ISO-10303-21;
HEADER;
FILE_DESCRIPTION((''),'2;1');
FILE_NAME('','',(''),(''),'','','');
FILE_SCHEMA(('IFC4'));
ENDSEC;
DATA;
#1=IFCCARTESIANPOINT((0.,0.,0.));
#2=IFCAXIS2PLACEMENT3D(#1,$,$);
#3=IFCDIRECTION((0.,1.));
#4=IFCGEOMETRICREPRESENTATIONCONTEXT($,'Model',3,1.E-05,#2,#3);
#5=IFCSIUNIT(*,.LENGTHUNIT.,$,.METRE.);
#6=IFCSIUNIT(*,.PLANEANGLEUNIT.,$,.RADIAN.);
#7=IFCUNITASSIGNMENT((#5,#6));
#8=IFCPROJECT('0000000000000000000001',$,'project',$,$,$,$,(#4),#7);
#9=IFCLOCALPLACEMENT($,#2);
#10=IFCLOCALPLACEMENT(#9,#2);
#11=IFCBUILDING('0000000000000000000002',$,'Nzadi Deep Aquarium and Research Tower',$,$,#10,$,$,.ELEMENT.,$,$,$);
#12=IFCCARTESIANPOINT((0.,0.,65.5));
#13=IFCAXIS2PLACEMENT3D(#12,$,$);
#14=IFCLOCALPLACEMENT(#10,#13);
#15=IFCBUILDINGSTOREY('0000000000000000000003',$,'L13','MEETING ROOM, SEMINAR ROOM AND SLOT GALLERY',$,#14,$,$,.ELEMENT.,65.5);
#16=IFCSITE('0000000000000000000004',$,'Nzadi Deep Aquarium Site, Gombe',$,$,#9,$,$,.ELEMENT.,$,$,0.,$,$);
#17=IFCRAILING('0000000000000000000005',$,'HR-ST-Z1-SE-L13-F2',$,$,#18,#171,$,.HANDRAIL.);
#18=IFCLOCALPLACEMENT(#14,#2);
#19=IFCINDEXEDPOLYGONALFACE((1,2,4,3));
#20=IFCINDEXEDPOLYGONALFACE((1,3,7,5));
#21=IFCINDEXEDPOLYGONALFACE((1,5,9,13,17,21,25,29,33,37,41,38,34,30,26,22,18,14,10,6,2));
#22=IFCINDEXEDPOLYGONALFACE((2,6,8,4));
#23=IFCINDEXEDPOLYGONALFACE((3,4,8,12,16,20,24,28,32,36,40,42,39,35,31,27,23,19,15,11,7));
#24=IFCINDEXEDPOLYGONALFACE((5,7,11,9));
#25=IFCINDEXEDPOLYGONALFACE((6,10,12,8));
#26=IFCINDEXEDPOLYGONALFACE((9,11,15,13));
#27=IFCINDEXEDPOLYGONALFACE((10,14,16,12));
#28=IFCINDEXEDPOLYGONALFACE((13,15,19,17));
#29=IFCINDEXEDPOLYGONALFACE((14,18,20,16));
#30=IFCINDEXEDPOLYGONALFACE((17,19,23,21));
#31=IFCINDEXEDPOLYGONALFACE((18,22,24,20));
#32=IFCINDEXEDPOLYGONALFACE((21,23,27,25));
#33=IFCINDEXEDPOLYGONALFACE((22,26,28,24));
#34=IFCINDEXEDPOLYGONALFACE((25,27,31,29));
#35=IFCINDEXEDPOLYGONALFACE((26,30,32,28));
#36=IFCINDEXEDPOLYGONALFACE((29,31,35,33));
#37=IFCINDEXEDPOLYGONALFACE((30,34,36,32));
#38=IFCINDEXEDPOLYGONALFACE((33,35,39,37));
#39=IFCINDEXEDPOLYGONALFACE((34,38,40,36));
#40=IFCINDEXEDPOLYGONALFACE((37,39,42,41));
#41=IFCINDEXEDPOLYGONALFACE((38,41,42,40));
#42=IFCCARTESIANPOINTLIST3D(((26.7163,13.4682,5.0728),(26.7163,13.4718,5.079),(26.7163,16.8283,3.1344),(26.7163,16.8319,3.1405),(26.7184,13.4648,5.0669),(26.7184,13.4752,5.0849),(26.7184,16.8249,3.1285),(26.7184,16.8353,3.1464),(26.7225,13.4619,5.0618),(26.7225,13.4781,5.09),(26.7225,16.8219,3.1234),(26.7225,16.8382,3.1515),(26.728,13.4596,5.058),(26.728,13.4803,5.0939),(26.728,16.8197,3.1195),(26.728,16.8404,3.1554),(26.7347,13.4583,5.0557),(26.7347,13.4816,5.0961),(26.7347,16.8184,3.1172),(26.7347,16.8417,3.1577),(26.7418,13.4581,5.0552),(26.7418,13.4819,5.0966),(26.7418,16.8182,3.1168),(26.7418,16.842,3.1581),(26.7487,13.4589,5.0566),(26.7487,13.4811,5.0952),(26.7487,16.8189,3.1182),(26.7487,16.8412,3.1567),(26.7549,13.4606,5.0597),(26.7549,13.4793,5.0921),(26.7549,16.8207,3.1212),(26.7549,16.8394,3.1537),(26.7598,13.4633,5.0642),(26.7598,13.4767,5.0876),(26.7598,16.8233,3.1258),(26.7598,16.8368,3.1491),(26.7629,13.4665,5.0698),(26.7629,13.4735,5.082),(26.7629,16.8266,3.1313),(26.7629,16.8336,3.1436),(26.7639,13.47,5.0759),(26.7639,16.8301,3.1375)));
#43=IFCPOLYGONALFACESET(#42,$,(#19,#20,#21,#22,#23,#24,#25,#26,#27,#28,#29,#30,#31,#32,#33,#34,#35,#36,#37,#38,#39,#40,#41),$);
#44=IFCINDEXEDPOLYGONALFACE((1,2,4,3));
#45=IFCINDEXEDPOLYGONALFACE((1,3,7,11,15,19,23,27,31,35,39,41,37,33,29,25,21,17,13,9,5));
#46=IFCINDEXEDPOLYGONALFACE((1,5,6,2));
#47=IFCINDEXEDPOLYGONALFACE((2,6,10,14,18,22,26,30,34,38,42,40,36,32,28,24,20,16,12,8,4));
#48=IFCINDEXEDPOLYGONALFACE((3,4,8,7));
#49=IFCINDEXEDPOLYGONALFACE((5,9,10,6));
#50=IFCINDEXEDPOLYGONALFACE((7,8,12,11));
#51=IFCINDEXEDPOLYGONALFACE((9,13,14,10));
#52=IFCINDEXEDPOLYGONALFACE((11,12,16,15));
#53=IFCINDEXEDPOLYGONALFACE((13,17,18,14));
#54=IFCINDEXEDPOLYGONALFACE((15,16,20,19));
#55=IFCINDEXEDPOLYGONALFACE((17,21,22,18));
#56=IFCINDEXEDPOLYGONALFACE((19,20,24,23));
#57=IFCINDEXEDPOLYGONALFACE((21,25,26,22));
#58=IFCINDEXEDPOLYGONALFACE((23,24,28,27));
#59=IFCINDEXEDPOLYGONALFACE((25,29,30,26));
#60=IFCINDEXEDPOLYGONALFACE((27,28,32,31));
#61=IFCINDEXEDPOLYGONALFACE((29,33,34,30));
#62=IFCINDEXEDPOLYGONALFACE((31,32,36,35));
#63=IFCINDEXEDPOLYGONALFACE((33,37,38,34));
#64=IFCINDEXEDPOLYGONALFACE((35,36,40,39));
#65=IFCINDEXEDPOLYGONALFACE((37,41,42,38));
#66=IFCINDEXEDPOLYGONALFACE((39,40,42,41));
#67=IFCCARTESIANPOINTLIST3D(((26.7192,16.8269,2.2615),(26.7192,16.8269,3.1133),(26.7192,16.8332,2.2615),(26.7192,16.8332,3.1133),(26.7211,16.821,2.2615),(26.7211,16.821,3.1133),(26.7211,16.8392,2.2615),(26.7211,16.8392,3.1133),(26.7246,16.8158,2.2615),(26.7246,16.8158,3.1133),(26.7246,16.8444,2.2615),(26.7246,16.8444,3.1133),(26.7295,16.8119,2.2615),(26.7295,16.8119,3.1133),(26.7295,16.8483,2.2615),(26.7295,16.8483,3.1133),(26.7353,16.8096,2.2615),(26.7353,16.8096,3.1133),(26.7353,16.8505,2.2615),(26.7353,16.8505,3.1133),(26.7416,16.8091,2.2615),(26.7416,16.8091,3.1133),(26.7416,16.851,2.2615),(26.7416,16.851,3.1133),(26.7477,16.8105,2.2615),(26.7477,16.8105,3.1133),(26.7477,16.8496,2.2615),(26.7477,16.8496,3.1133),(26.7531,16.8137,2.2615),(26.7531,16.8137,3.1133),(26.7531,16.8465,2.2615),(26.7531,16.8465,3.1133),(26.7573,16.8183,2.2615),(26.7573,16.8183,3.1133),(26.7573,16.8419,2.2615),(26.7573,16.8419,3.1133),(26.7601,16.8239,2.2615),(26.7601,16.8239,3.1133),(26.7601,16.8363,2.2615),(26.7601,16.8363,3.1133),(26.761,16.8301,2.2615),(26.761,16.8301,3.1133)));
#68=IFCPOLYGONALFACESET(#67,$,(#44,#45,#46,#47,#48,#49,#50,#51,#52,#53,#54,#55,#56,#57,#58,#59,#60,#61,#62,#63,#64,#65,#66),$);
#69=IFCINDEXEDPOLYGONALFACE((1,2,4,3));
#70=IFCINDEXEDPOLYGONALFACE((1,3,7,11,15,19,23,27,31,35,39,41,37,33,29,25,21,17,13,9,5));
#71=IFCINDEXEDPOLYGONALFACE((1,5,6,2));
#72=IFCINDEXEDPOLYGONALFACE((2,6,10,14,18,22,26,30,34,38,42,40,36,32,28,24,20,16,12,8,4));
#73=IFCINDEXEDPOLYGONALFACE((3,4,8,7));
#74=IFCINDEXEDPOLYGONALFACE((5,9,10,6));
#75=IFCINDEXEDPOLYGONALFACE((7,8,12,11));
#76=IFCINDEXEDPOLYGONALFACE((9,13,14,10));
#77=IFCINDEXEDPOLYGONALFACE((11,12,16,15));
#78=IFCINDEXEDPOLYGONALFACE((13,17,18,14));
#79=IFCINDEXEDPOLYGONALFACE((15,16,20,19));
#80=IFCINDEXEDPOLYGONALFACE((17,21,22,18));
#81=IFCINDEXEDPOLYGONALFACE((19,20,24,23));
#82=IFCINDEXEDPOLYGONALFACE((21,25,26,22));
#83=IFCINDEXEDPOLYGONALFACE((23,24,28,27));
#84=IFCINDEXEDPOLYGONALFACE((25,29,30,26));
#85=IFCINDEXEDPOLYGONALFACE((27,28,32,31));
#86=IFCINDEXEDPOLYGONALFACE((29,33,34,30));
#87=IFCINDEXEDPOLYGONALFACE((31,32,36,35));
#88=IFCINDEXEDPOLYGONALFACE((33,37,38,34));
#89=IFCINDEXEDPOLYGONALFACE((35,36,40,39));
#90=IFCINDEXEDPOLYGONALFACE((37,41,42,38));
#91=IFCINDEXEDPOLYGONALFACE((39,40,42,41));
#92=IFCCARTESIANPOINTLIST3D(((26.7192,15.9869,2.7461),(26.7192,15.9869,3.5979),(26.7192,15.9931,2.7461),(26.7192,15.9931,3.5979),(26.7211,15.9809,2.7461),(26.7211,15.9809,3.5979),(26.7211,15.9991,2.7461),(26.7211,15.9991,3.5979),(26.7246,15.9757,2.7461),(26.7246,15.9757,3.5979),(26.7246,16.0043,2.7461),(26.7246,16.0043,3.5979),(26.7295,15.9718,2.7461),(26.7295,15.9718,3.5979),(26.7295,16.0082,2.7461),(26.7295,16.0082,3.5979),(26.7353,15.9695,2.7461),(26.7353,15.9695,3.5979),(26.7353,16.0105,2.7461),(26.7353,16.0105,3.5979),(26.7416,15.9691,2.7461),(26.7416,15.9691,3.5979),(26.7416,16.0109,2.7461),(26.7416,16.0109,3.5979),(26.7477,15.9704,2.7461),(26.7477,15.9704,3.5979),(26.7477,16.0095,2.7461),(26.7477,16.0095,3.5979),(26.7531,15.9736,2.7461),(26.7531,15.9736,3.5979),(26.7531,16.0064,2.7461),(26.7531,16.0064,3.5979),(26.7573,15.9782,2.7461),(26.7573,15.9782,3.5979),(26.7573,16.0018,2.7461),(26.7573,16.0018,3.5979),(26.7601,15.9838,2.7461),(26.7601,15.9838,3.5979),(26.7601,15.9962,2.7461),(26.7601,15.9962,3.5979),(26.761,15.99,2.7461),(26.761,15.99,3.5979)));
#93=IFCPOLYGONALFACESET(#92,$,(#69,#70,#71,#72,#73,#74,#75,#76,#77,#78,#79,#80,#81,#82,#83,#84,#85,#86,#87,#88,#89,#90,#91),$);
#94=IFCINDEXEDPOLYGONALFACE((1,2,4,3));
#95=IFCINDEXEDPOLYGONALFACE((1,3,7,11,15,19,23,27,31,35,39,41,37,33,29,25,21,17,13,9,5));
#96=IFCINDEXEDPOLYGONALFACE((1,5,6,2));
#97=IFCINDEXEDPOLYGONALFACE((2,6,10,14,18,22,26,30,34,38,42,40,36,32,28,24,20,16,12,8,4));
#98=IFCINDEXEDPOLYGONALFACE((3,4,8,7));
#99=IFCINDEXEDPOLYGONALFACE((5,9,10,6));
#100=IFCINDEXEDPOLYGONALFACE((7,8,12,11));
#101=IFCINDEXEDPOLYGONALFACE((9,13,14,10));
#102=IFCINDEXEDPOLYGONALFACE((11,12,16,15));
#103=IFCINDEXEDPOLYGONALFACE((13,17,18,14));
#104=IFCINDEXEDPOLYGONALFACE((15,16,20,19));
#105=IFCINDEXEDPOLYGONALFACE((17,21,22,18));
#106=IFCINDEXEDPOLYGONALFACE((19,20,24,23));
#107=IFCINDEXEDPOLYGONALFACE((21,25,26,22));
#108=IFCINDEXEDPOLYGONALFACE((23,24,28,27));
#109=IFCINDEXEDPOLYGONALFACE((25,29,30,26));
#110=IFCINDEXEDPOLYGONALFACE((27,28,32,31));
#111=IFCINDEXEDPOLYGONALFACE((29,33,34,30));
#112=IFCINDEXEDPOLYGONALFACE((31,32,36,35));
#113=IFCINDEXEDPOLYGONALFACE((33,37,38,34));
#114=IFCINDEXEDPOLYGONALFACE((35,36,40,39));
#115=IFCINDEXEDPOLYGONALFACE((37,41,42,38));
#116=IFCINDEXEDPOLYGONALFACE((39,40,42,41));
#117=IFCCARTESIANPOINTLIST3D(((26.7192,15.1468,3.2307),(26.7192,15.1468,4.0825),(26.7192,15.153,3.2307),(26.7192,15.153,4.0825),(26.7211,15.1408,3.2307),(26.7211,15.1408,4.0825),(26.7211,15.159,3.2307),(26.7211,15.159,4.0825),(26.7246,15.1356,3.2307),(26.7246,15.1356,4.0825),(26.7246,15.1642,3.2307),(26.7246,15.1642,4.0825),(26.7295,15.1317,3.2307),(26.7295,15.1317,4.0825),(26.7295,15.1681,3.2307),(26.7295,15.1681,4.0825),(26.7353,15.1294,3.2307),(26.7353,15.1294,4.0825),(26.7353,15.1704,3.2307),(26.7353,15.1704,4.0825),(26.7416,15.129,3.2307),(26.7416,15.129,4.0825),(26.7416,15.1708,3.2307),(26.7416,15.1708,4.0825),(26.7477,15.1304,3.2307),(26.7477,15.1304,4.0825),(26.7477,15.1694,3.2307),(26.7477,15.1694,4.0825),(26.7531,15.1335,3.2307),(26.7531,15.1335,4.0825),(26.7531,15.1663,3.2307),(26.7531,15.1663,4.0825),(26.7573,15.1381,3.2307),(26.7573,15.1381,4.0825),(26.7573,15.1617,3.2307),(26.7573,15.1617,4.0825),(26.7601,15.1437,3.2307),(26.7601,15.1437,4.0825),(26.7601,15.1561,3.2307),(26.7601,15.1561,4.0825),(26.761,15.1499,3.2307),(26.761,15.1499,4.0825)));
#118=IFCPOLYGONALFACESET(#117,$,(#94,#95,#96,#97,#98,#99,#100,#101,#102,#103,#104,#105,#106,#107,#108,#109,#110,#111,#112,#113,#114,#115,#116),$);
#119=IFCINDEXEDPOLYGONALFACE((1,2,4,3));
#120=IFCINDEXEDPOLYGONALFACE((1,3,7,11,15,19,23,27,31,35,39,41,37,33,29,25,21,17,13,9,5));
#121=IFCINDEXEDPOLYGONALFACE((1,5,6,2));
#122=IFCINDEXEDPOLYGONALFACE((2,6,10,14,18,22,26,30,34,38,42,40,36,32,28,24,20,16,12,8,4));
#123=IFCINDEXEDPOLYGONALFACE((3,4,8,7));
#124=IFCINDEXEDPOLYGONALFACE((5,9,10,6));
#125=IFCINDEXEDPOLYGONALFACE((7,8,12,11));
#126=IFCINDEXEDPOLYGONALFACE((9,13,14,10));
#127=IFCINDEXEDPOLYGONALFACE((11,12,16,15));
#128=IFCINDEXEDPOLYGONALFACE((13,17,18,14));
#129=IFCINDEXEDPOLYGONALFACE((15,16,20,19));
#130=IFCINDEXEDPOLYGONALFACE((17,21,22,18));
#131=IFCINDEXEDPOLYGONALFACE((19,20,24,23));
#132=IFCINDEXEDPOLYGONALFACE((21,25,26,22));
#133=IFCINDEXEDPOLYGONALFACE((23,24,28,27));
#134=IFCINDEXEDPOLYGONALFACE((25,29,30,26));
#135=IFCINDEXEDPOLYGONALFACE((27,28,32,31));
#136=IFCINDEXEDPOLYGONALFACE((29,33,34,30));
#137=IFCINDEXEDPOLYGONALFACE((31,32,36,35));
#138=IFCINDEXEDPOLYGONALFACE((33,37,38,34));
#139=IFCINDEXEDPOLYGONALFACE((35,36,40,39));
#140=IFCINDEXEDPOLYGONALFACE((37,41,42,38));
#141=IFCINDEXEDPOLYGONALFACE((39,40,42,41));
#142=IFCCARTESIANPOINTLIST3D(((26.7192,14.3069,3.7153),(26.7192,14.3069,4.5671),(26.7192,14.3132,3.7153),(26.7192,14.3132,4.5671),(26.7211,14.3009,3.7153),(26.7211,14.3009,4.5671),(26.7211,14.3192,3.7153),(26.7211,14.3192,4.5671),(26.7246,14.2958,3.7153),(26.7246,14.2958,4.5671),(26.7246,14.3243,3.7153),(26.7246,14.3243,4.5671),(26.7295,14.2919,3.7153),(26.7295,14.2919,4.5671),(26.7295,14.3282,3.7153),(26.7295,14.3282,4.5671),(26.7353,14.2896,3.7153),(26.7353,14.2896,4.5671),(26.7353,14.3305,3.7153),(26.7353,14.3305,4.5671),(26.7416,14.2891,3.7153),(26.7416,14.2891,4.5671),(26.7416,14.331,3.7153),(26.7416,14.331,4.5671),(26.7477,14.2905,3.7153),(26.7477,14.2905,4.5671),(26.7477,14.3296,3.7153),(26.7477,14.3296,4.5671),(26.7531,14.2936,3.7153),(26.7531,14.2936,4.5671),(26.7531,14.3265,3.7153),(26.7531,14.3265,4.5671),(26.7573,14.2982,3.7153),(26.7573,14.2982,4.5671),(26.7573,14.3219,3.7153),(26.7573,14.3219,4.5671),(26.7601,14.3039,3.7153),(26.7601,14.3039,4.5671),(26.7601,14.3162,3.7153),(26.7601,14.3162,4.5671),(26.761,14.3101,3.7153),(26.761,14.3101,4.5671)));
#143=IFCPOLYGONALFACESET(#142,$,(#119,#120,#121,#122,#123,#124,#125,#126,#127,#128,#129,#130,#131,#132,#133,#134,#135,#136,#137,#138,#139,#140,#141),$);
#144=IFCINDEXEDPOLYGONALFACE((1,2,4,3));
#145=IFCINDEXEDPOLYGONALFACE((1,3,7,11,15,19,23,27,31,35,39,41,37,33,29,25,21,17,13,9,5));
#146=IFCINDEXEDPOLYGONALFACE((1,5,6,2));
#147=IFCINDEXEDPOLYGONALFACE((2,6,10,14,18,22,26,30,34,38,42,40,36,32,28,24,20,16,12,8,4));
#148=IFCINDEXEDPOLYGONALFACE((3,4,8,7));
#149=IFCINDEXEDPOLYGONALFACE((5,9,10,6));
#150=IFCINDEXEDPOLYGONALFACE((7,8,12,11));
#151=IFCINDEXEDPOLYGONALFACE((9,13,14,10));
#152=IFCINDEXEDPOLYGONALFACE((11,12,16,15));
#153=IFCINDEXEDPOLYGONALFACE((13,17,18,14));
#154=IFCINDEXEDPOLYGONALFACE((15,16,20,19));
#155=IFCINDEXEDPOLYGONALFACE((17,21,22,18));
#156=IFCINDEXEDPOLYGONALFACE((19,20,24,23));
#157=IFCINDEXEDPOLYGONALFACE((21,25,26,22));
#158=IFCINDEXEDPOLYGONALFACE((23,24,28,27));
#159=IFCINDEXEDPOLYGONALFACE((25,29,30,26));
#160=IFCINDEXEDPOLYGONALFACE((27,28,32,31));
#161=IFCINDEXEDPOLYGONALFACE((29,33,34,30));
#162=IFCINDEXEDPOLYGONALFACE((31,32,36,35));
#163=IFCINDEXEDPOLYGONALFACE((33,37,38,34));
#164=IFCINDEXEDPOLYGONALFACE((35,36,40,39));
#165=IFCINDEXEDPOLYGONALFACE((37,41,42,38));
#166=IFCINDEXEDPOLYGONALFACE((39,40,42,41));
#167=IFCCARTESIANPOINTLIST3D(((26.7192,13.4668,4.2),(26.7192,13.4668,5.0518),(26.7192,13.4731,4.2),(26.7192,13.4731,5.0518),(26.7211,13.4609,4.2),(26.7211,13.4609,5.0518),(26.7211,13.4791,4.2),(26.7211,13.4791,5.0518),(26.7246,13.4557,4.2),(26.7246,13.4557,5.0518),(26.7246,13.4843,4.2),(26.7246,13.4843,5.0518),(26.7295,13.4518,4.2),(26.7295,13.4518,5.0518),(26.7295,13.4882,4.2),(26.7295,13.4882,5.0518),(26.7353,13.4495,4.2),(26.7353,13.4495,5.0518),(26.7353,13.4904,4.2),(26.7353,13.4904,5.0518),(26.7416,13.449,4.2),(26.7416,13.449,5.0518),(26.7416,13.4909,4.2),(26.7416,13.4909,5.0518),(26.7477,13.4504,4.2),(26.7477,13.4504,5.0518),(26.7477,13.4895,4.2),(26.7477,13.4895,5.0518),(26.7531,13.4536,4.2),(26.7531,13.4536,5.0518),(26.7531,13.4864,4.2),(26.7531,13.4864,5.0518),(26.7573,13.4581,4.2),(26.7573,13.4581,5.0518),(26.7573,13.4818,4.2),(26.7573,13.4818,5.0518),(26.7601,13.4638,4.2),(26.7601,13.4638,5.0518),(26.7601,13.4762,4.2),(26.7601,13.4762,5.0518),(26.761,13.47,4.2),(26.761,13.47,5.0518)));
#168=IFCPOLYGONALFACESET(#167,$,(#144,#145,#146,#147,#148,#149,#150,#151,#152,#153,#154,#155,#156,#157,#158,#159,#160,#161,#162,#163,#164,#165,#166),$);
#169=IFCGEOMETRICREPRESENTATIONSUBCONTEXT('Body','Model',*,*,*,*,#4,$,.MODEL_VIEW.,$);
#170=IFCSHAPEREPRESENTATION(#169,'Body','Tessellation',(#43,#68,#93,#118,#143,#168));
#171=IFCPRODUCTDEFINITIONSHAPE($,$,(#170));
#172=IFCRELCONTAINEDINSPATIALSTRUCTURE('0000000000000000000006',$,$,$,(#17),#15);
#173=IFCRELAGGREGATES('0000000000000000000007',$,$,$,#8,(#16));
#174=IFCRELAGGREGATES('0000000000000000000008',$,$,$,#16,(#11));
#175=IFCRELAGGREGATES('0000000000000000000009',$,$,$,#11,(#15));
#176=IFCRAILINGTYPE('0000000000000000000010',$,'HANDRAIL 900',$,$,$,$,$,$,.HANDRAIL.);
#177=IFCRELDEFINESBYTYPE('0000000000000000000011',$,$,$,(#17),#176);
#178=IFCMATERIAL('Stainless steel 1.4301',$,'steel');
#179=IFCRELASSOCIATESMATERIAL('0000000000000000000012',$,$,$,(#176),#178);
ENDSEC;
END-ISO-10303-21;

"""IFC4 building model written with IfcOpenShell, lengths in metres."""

from ifc_helpers import new_model, si_unit, direction, frame, origin, origin_2d, place, context, subcontext, project, spatial, circle, extrude, material, type_object, element, save


model = new_model("IFC4")

# Units and contexts
model_context = context("Model", 3, precision=1e-05, world=origin(), true_north=direction((0.0, 1.0)))
body_context = subcontext(model_context, "Body", "Model", "MODEL_VIEW")
ifc_project = project(units=[si_unit("LENGTHUNIT", "METRE"), si_unit("PLANEANGLEUNIT", "RADIAN")], contexts=[model_context])

# Site, building, storey
site_placement = place(None, origin())
site = spatial("IfcSite", under=ifc_project, at=site_placement, Name="Nzadi Deep Aquarium Site, Gombe", CompositionType="ELEMENT", RefElevation=0.0)
building_placement = place(site_placement, origin())
building = spatial("IfcBuilding", under=site, at=building_placement, Name="Nzadi Deep Aquarium and Research Tower", CompositionType="ELEMENT")
storey_placement = place(building_placement, frame((0.0, 0.0, 65.5)))
storey = spatial("IfcBuildingStorey", under=building, at=storey_placement, Name="L13", Description="MEETING ROOM, SEMINAR ROOM AND SLOT GALLERY", CompositionType="ELEMENT", Elevation=65.5)

# Railing
ifc_material_1 = material(Name="Stainless steel 1.4301", Category="steel")
railing_type_1 = type_object("IfcRailingType", Name="HANDRAIL 900", PredefinedType="HANDRAIL", material=ifc_material_1)
for number, where, name in (
    (1, (26.74, 16.8301, 2.2615), "HR-ST-Z1-SE-L13-F2"),
):
    element("IfcRailing", number, at=place(storey_placement, frame(where)), inside=storey, type_object=railing_type_1, Name=name, PredefinedType="HANDRAIL", context=body_context, shape_type="SweptSolid", body=[
        extrude(circle(Radius=0.0239, at=origin_2d()), frame((0.0, 0.0, 0.876), z_axis=(0.0, -0.866191, 0.499713), x_axis=(1.0, 0.0, 0.0)), (0.0, 0.0, 1.0), 3.8792),
        extrude(circle(Radius=0.021, at=origin_2d()), origin(), (0.0, 0.0, 1.0), 0.8518),
        extrude(circle(Radius=0.021, at=origin_2d()), frame((0.0, -0.8401, 0.4846)), (0.0, 0.0, 1.0), 0.8518),
        extrude(circle(Radius=0.021, at=origin_2d()), frame((0.0, -1.6802, 0.9692)), (0.0, 0.0, 1.0), 0.8518),
        extrude(circle(Radius=0.021, at=origin_2d()), frame((0.0, -2.52, 1.4539)), (0.0, 0.0, 1.0), 0.8518),
        extrude(circle(Radius=0.021, at=origin_2d()), frame((0.0, -3.3601, 1.9385)), (0.0, 0.0, 1.0), 0.8518),
    ])

save(model, "model.ifc")
